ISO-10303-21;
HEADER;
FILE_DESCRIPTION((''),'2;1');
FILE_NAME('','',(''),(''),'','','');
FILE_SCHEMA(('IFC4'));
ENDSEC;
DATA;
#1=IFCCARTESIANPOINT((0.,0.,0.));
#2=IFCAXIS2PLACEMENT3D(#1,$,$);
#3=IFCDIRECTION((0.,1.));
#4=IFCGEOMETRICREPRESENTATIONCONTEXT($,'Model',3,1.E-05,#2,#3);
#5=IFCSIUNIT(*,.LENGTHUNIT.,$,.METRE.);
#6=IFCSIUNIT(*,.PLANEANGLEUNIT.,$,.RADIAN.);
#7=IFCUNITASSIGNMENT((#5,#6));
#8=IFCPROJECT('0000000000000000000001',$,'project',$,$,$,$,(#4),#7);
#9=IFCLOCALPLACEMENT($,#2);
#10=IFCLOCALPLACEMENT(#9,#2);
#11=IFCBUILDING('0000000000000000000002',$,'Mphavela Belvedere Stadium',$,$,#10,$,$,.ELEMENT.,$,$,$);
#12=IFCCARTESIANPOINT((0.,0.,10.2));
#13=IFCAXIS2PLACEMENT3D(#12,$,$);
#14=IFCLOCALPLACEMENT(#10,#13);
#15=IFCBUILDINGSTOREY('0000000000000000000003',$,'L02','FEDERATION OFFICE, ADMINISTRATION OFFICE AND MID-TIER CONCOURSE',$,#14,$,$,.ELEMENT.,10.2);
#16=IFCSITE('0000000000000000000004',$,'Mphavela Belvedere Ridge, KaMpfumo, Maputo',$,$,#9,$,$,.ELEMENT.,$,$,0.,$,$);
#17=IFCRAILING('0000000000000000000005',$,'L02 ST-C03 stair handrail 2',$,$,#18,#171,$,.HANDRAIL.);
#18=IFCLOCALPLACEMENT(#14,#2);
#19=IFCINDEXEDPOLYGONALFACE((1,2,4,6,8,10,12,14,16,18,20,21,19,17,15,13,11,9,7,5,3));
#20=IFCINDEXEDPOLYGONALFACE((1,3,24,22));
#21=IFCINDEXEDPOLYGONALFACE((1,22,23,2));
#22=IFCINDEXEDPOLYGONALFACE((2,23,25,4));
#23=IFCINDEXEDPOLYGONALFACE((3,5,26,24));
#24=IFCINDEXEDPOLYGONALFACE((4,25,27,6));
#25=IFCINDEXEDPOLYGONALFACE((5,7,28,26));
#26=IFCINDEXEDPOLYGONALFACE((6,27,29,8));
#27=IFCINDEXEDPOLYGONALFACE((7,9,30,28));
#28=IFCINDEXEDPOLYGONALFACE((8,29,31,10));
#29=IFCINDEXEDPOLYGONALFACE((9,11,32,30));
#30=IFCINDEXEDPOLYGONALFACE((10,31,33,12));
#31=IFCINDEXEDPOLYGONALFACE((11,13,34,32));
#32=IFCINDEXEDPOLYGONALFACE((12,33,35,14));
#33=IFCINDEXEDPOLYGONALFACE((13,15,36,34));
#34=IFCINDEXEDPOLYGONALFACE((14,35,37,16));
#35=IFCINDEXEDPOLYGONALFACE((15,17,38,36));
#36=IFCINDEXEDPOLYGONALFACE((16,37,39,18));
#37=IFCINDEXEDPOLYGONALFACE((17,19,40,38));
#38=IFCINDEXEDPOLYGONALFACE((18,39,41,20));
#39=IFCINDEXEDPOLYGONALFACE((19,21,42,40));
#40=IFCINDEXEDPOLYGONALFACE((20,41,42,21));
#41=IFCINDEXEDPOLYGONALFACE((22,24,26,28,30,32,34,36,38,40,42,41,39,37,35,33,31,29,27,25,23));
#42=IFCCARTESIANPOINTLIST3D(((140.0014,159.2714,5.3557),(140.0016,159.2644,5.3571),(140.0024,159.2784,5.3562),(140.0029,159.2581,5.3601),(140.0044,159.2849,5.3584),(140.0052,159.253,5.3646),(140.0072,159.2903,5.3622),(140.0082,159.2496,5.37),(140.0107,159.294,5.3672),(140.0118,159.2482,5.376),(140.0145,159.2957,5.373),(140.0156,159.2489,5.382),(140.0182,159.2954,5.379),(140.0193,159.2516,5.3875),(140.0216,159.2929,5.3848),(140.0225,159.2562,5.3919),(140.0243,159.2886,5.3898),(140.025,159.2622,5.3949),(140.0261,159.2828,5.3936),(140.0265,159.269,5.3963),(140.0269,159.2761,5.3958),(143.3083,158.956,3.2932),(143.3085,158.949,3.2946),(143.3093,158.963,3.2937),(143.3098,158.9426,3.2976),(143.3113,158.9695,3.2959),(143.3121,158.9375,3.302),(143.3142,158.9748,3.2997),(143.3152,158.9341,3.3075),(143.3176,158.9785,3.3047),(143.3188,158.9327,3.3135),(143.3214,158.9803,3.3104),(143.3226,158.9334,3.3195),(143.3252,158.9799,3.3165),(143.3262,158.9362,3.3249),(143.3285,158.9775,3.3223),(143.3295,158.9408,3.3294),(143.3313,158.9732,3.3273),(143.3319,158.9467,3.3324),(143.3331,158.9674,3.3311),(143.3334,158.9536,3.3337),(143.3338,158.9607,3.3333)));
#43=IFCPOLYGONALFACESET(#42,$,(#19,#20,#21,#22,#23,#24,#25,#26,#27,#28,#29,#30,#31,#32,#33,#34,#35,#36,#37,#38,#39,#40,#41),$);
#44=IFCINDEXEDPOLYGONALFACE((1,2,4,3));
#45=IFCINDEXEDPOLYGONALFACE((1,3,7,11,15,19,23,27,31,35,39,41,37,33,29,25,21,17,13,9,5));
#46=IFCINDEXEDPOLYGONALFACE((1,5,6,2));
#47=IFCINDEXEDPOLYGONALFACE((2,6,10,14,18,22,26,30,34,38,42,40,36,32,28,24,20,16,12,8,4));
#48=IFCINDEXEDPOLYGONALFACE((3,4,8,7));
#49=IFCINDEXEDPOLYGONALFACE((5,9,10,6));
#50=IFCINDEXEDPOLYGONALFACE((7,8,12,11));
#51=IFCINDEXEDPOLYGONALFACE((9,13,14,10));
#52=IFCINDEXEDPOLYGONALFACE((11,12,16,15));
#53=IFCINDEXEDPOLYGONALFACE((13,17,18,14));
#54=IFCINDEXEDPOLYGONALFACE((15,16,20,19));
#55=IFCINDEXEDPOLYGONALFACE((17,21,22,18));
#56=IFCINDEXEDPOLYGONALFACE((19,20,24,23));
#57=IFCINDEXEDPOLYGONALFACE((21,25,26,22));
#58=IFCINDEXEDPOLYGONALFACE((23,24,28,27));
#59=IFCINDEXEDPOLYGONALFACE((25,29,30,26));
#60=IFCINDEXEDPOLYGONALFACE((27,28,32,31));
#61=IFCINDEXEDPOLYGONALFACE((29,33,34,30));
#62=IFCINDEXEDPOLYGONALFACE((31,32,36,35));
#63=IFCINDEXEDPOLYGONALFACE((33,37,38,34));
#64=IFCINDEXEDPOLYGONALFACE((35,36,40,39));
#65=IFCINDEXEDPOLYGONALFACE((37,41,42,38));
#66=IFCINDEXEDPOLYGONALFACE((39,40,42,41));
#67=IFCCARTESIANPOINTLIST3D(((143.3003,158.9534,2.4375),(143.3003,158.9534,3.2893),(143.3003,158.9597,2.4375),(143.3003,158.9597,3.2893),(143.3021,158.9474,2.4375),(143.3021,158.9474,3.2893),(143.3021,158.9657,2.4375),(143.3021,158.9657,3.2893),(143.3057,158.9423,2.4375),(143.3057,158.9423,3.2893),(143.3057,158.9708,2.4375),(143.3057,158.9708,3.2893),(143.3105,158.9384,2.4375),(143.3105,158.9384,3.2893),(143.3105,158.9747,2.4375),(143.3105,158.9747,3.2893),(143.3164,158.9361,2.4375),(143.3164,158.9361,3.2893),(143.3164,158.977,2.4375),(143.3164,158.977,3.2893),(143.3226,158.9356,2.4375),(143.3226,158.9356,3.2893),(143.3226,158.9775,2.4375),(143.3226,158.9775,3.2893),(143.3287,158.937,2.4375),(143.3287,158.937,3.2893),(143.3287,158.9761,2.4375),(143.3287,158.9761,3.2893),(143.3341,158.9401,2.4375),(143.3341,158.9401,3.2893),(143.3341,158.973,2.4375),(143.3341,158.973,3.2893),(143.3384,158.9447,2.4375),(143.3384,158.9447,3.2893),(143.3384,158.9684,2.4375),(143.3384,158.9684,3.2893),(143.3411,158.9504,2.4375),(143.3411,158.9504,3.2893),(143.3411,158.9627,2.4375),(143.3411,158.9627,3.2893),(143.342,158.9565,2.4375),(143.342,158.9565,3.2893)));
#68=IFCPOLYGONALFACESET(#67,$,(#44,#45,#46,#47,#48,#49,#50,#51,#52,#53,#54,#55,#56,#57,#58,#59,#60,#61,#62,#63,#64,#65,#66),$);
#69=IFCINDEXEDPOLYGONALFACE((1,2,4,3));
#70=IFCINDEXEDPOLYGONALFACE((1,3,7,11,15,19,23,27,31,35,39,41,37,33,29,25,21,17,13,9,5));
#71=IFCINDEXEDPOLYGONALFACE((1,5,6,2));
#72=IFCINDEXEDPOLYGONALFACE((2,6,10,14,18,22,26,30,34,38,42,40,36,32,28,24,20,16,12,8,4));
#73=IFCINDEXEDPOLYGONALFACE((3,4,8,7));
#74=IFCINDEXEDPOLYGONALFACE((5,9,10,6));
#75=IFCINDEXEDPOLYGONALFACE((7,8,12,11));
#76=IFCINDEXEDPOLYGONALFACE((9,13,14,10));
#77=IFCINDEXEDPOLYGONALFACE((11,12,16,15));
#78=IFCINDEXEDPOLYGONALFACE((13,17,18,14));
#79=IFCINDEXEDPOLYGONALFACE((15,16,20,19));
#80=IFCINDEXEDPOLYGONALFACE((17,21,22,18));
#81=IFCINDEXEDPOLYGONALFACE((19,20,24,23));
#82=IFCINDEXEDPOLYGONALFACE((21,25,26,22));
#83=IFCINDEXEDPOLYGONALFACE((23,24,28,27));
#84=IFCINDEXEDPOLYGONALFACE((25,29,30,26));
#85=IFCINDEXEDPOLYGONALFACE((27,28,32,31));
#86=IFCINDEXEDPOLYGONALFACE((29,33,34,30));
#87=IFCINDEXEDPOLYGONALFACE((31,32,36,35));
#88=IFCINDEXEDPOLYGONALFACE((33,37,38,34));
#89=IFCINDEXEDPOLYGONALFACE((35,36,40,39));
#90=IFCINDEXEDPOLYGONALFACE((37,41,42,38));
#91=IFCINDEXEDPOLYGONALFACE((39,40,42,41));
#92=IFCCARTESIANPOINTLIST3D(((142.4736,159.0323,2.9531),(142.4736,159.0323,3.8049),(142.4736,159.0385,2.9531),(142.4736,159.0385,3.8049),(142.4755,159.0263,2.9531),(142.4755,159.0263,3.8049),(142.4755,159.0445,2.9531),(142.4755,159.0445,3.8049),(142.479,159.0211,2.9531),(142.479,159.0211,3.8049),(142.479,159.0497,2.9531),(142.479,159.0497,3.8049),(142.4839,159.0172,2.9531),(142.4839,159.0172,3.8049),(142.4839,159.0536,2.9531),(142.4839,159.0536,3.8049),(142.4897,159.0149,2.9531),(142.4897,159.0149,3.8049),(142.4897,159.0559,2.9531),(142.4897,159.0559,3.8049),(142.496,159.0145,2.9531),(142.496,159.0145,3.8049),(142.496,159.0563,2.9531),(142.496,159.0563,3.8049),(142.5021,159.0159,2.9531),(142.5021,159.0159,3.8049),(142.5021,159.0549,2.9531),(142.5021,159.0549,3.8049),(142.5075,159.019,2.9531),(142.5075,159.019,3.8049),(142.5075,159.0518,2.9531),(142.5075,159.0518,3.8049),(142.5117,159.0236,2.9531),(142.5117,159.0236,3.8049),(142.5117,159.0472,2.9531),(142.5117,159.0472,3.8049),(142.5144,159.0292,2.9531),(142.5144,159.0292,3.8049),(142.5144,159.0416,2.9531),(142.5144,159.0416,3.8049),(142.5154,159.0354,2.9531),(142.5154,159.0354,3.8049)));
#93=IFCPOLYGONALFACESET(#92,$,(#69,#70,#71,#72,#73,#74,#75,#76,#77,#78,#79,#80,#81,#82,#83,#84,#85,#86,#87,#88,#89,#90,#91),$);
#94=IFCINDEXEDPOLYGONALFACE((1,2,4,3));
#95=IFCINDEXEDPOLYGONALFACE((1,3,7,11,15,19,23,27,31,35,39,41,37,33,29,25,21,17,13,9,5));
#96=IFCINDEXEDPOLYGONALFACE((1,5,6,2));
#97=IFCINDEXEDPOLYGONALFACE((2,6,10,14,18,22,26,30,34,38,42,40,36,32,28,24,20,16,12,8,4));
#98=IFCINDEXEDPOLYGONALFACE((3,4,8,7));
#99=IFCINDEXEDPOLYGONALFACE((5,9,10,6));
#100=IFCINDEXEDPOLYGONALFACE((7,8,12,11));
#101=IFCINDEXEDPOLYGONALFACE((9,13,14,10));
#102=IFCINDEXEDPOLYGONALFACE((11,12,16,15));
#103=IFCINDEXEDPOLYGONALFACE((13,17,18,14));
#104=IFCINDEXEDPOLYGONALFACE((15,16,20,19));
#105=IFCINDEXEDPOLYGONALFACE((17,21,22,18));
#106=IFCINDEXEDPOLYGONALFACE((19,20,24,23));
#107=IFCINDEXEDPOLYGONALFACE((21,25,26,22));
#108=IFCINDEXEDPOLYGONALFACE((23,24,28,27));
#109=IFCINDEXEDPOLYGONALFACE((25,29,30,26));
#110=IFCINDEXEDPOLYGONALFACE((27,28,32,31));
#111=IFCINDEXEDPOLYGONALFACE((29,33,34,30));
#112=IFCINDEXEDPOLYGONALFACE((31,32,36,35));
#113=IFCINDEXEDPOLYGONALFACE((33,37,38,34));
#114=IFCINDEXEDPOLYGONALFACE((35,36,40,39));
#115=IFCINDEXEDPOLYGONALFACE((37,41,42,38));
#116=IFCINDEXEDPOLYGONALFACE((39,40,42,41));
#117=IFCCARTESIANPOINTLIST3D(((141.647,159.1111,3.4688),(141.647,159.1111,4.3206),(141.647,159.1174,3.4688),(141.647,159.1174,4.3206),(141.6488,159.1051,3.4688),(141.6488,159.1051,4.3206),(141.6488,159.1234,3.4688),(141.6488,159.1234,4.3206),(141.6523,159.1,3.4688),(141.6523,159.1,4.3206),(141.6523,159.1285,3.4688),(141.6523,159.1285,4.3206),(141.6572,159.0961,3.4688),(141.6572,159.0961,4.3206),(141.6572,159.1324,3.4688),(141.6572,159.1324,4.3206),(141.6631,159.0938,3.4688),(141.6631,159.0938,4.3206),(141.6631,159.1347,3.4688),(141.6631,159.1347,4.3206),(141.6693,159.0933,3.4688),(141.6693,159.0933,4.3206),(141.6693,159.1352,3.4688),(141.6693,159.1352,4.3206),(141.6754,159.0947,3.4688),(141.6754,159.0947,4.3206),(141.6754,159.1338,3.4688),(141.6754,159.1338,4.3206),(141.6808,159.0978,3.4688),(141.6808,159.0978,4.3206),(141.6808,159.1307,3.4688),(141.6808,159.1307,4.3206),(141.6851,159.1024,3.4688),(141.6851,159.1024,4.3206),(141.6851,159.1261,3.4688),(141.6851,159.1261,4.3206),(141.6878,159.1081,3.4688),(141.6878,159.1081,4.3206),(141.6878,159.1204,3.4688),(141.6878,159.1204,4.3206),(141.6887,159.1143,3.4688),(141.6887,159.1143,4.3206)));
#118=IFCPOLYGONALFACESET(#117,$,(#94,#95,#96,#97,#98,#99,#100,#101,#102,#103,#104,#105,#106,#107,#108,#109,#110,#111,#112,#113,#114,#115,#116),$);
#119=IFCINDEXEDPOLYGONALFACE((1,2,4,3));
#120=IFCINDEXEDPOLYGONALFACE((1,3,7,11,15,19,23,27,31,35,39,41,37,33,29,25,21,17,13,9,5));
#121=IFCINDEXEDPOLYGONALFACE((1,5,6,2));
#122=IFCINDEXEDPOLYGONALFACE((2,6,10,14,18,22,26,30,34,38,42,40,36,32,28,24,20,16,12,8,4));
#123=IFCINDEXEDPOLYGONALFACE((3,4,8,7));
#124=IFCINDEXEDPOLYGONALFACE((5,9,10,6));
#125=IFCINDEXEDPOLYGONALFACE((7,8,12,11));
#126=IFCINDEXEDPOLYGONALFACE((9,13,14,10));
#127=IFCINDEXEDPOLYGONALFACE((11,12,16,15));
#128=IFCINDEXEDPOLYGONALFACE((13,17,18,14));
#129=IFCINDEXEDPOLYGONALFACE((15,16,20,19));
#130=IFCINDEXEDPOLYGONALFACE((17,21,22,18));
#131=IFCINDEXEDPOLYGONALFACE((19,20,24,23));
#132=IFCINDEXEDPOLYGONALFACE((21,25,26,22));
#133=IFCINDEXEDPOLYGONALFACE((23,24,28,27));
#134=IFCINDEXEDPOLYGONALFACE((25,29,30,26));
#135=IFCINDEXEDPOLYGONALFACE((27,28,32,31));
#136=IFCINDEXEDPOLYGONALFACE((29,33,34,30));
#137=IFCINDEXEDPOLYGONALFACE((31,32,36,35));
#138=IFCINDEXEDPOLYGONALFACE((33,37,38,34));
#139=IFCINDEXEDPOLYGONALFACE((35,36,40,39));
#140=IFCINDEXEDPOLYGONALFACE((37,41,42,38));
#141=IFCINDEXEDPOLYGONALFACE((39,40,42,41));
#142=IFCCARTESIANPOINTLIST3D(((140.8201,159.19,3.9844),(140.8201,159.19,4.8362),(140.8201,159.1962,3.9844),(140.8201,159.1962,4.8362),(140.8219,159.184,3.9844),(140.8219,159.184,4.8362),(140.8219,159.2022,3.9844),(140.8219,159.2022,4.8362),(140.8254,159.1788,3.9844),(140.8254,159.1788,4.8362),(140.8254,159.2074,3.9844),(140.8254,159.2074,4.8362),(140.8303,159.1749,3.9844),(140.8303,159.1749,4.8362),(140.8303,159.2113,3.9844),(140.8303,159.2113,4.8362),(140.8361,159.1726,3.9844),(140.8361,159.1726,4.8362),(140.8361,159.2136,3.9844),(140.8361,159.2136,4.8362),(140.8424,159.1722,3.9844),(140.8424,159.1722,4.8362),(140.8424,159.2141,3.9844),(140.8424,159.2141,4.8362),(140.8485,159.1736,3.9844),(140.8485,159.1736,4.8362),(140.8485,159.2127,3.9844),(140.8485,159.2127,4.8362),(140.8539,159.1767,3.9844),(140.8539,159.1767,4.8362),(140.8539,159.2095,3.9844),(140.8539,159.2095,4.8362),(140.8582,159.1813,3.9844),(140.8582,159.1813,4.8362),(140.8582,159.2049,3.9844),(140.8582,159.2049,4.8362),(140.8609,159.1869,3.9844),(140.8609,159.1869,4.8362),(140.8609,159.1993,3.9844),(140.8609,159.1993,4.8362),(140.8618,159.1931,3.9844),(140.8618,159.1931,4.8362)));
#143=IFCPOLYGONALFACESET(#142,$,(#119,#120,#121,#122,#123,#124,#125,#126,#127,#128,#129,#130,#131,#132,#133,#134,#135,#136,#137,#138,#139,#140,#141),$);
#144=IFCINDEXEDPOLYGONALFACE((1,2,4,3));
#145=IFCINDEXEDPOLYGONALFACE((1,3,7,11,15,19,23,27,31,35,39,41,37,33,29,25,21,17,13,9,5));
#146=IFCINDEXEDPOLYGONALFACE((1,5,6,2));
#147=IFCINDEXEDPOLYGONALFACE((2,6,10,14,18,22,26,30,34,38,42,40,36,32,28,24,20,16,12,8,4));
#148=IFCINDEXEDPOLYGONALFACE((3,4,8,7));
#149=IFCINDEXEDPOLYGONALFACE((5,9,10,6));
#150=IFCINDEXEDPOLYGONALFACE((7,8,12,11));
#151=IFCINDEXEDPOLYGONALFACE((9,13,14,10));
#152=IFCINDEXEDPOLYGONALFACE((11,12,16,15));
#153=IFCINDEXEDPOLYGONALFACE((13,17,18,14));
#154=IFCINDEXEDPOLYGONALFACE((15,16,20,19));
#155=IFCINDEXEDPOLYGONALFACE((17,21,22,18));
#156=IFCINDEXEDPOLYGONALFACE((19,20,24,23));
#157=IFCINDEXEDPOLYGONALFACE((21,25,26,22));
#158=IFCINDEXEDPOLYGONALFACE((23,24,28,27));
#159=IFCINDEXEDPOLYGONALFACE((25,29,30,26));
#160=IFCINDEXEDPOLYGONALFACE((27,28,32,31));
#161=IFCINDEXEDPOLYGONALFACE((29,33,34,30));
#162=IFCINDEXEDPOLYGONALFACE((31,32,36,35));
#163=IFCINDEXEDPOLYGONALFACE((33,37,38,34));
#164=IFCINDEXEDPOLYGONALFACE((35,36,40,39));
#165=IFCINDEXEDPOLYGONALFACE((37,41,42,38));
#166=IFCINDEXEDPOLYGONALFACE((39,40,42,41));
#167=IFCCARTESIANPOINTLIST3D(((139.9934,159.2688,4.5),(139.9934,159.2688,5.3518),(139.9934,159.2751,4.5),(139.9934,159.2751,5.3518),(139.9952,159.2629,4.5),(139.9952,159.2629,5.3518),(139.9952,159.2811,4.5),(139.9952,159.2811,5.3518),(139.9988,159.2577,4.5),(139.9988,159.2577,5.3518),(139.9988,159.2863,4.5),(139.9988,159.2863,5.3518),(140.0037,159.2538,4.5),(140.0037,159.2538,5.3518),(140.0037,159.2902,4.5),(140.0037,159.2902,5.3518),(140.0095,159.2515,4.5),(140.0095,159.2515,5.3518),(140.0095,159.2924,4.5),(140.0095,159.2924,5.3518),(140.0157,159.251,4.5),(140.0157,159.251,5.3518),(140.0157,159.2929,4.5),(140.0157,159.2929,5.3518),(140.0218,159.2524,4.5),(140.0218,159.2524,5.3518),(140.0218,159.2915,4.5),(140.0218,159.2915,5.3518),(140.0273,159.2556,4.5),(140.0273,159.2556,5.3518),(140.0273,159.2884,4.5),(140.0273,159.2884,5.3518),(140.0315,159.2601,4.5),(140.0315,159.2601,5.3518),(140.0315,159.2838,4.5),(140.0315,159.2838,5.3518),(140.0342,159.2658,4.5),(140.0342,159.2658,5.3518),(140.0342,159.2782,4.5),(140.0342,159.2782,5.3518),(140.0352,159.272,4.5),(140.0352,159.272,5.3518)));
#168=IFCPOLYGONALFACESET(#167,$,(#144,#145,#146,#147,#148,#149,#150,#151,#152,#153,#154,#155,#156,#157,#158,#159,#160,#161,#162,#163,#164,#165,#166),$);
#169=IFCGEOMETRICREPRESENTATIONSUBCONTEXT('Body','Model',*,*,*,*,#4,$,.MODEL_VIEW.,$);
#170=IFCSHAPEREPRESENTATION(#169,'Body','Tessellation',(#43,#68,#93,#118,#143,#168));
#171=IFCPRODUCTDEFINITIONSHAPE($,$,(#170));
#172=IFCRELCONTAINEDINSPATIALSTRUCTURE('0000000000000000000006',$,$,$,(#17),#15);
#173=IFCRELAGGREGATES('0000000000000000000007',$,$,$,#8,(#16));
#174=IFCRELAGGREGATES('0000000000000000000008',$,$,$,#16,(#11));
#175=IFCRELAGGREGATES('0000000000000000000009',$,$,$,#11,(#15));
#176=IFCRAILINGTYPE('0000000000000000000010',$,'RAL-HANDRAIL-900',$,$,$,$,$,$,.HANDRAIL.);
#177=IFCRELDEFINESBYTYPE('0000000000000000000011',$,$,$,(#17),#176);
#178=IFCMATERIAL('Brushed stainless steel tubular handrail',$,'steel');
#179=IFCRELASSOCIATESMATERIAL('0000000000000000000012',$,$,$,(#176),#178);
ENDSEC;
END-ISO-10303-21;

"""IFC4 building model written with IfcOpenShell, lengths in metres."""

from ifc_helpers import new_model, si_unit, direction, frame, origin, origin_2d, place, context, subcontext, project, spatial, circle, extrude, material, type_object, element, save


model = new_model("IFC4")

# Units and contexts
model_context = context("Model", 3, precision=1e-05, world=origin(), true_north=direction((0.0, 1.0)))
body_context = subcontext(model_context, "Body", "Model", "MODEL_VIEW")
ifc_project = project(units=[si_unit("LENGTHUNIT", "METRE"), si_unit("PLANEANGLEUNIT", "RADIAN")], contexts=[model_context])

# Site, building, storey
site_placement = place(None, origin())
site = spatial("IfcSite", under=ifc_project, at=site_placement, Name="Mphavela Belvedere Ridge, KaMpfumo, Maputo", CompositionType="ELEMENT", RefElevation=0.0)
building_placement = place(site_placement, origin())
building = spatial("IfcBuilding", under=site, at=building_placement, Name="Mphavela Belvedere Stadium", CompositionType="ELEMENT")
storey_placement = place(building_placement, frame((0.0, 0.0, 10.2)))
storey = spatial("IfcBuildingStorey", under=building, at=storey_placement, Name="L02", Description="FEDERATION OFFICE, ADMINISTRATION OFFICE AND MID-TIER CONCOURSE", CompositionType="ELEMENT", Elevation=10.2)

# Railing
ifc_material_1 = material(Name="Brushed stainless steel tubular handrail", Category="steel")
railing_type_1 = type_object("IfcRailingType", Name="RAL-HANDRAIL-900", PredefinedType="HANDRAIL", material=ifc_material_1)
railing_1_placement = place(storey_placement, frame((143.321, 158.9565, 2.4375)))
element("IfcRailing", 1, at=railing_1_placement, inside=storey, type_object=railing_type_1, Name="L02 ST-C03 stair handrail 2", PredefinedType="HANDRAIL", context=body_context, shape_type="SweptSolid", body=[
    extrude(circle(Radius=0.0239, at=origin_2d()), frame((0.0, 0.0, 0.876), z_axis=(-0.845729, 0.08067, 0.52748), x_axis=(-0.094955, -0.995482, 0.0)), (0.0, 0.0, 1.0), 3.9102),
    extrude(circle(Radius=0.021, at=origin_2d()), origin(), (0.0, 0.0, 1.0), 0.8518),
    extrude(circle(Radius=0.021, at=origin_2d()), frame((-0.8267, 0.0789, 0.5156)), (0.0, 0.0, 1.0), 0.8518),
    extrude(circle(Radius=0.021, at=origin_2d()), frame((-1.6533, 0.1577, 1.0312)), (0.0, 0.0, 1.0), 0.8518),
    extrude(circle(Radius=0.021, at=origin_2d()), frame((-2.4802, 0.2366, 1.5469)), (0.0, 0.0, 1.0), 0.8518),
    extrude(circle(Radius=0.021, at=origin_2d()), frame((-3.3069, 0.3154, 2.0625)), (0.0, 0.0, 1.0), 0.8518),
])

save(model, "model.ifc")
